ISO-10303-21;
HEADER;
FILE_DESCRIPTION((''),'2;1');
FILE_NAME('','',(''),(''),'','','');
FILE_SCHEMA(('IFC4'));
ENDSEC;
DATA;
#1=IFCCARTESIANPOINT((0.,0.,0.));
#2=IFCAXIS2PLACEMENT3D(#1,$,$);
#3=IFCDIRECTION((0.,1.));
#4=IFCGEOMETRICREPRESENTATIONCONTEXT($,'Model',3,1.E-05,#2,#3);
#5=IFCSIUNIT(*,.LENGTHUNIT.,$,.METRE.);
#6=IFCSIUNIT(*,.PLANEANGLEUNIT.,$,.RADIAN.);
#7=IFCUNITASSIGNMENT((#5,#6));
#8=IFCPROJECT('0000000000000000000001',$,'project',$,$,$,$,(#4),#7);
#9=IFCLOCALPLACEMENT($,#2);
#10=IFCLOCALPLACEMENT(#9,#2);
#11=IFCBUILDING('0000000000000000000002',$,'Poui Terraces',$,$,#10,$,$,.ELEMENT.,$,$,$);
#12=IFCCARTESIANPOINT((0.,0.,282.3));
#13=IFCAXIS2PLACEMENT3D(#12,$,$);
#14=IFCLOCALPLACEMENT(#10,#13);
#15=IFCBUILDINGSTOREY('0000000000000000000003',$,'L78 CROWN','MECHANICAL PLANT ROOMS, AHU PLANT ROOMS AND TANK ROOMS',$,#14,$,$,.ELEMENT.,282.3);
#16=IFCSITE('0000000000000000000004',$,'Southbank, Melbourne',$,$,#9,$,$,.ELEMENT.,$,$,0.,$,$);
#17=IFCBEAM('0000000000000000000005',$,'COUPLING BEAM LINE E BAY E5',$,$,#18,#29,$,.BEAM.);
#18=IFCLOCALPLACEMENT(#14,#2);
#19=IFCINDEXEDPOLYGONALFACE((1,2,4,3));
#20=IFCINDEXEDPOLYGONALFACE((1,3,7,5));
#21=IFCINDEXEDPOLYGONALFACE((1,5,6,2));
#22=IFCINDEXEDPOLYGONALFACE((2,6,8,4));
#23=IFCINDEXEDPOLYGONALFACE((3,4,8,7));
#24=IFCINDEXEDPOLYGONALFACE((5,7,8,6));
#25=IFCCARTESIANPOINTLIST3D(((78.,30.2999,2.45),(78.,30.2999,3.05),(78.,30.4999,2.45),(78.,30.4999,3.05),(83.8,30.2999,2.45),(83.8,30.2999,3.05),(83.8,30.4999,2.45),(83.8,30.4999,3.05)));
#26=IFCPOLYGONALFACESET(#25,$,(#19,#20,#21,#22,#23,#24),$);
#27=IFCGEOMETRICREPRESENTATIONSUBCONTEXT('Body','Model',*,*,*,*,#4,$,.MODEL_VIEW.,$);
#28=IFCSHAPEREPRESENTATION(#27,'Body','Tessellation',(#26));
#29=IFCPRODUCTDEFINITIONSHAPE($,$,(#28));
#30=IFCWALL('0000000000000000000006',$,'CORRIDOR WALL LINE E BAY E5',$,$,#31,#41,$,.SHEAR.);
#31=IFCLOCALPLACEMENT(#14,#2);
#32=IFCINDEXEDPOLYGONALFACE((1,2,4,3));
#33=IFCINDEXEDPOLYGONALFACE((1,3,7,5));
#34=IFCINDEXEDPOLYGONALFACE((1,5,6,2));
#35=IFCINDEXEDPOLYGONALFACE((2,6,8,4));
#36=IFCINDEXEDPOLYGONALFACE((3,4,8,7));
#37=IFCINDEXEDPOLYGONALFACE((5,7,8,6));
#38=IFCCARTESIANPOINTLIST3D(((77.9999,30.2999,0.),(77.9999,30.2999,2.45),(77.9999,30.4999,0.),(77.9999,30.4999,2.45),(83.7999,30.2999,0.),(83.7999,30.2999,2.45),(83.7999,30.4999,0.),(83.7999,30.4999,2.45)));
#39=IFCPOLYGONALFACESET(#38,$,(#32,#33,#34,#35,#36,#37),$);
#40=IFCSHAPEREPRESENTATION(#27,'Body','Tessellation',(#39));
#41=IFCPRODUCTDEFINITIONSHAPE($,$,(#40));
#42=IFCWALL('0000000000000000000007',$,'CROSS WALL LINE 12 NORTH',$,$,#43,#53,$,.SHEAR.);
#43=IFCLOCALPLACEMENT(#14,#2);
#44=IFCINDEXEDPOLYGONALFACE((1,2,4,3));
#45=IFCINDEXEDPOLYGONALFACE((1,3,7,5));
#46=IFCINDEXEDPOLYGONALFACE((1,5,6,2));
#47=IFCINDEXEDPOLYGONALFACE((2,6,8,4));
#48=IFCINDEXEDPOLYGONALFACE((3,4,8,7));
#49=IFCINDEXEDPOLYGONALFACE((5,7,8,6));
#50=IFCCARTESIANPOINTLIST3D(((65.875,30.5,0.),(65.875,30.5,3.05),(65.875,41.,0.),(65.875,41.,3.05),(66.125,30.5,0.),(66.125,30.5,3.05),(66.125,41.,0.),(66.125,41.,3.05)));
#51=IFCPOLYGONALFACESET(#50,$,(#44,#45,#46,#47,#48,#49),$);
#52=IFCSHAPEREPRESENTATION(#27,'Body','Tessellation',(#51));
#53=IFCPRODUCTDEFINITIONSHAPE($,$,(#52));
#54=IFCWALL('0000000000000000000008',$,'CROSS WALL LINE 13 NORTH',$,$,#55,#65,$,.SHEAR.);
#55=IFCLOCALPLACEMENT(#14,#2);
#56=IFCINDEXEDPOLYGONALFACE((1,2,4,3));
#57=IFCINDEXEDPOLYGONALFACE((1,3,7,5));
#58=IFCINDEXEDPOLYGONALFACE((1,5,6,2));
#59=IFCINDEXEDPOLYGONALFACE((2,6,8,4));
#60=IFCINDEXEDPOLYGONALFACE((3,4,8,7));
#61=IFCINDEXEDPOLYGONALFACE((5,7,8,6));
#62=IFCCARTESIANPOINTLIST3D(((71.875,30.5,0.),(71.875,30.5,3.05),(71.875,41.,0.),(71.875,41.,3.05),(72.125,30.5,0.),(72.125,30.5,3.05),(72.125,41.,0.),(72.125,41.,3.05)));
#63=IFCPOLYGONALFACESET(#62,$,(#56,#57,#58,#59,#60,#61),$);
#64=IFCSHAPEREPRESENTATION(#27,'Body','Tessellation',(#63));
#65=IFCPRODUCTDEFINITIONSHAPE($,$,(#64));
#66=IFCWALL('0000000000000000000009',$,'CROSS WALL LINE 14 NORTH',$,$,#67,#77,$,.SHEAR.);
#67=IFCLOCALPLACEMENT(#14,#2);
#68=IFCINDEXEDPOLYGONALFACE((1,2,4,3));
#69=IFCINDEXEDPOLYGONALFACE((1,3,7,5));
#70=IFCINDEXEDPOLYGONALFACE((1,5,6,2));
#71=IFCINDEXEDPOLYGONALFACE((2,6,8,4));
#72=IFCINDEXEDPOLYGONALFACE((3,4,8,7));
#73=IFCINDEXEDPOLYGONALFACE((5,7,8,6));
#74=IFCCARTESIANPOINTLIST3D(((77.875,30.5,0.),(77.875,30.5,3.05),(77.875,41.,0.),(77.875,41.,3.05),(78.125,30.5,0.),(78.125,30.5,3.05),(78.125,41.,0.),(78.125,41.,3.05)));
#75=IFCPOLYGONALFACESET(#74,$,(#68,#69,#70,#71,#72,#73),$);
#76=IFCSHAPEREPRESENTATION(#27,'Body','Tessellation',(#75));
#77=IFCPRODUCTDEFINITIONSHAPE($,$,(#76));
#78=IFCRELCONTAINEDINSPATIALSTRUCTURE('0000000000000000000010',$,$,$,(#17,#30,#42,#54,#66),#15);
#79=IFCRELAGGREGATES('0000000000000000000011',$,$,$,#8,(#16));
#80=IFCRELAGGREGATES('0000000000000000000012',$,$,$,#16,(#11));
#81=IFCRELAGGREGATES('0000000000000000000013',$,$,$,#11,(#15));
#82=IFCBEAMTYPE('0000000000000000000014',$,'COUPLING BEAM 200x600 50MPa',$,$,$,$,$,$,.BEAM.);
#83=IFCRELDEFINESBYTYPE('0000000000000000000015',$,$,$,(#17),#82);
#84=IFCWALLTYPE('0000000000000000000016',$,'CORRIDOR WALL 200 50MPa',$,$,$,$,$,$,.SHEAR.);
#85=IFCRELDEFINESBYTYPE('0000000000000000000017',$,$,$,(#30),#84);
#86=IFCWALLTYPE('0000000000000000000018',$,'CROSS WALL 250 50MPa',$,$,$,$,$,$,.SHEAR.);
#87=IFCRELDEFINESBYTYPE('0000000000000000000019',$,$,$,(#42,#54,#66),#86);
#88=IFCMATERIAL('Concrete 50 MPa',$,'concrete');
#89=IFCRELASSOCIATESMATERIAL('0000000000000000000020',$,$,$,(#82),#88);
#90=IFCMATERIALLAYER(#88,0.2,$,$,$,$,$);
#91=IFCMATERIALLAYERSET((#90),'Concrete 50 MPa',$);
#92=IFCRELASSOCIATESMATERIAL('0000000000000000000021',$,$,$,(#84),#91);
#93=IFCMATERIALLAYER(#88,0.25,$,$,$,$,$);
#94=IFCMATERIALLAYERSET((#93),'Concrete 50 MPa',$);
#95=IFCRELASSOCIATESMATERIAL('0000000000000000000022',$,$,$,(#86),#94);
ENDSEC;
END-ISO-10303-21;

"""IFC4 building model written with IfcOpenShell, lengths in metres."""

from ifc_helpers import new_model, si_unit, direction, frame, frame_2d, origin, origin_2d, place, context, subcontext, project, spatial, rectangle, extrude, source, transform, mapped, material, layer, layer_set, material_profile, profile_set, type_object, element, save


model = new_model("IFC4")

# Units and contexts
model_context = context("Model", 3, precision=1e-05, world=origin(), true_north=direction((0.0, 1.0)))
body_context = subcontext(model_context, "Body", "Model", "MODEL_VIEW")
ifc_project = project(units=[si_unit("LENGTHUNIT", "METRE"), si_unit("PLANEANGLEUNIT", "RADIAN")], contexts=[model_context])

# Site, building, storey
site_placement = place(None, origin())
site = spatial("IfcSite", under=ifc_project, at=site_placement, Name="Southbank, Melbourne", CompositionType="ELEMENT", RefElevation=0.0)
building_placement = place(site_placement, origin())
building = spatial("IfcBuilding", under=site, at=building_placement, Name="Poui Terraces", CompositionType="ELEMENT")
storey_placement = place(building_placement, frame((0.0, 0.0, 282.3)))
storey = spatial("IfcBuildingStorey", under=building, at=storey_placement, Name="L78 CROWN", Description="MECHANICAL PLANT ROOMS, AHU PLANT ROOMS AND TANK ROOMS", CompositionType="ELEMENT", Elevation=282.3)

# Beam
ifc_material_1 = material(Name="Concrete 50 MPa", Category="concrete")
ifc_material_profile_1 = material_profile(ifc_material_1, rectangle(XDim=0.2, YDim=0.6001, at=origin_2d()), Name="RC 200x600")
ifc_profile_set_1 = profile_set([ifc_material_profile_1], Name="Concrete 50 MPa")
beam_type = type_object("IfcBeamType", Name="COUPLING BEAM 200x600 50MPa", PredefinedType="BEAM", material=ifc_profile_set_1)
shared_shape_1 = source(origin(), body_context, "Body", "SweptSolid", [
    extrude(rectangle(XDim=0.2, YDim=0.6001, at=origin_2d()), origin(), (0.0, 0.0, 1.0), 5.8),
])
beam_placement = place(storey_placement, frame((78.0, 30.3999, 2.75), z_axis=(1.0, 0.0, 0.0), x_axis=(0.0, 1.0, 0.0)))
element("IfcBeam", 1, at=beam_placement, inside=storey, type_object=beam_type, Name="COUPLING BEAM LINE E BAY E5", PredefinedType="BEAM", context=body_context, shape_type="MappedRepresentation", body=[
    mapped(shared_shape_1, transform((0.0, 0.0, 0.0))),
])

# Walls
ifc_layer_1 = layer(ifc_material_1, 0.2)
ifc_layer_set_1 = layer_set([ifc_layer_1], Name="Concrete 50 MPa")
wall_type_1 = type_object("IfcWallType", Name="CORRIDOR WALL 200 50MPa", PredefinedType="SHEAR", material=ifc_layer_set_1)
wall_1_placement = place(storey_placement, frame((78.0, 30.3999, 0.0), z_axis=(0.0, 0.0, 1.0), x_axis=(1.0, 0.0, 0.0)))
element("IfcWall", 2, at=wall_1_placement, inside=storey, type_object=wall_type_1, Name="CORRIDOR WALL LINE E BAY E5", PredefinedType="SHEAR", context=body_context, shape_type="SweptSolid", body=[
    extrude(rectangle(XDim=5.8, YDim=0.2, at=frame_2d((2.8999, 0.0))), origin(), (0.0, 0.0, 1.0), 2.45),
])
ifc_layer_2 = layer(ifc_material_1, 0.25)
ifc_layer_set_2 = layer_set([ifc_layer_2], Name="Concrete 50 MPa")
wall_type_2 = type_object("IfcWallType", Name="CROSS WALL 250 50MPa", PredefinedType="SHEAR", material=ifc_layer_set_2)
for number, where, z_axis, x_axis, name in (
    (3, (66.0, 30.5, 0.0), (0.0, 0.0, 1.0), (0.0, 1.0, 0.0), "CROSS WALL LINE 12 NORTH"),
    (4, (72.0, 30.5, 0.0), (0.0, 0.0, 1.0), (0.0, 1.0, 0.0), "CROSS WALL LINE 13 NORTH"),
    (5, (78.0, 30.5, 0.0), (0.0, 0.0, 1.0), (0.0, 1.0, 0.0), "CROSS WALL LINE 14 NORTH"),
):
    element("IfcWall", number, at=place(storey_placement, frame(where, z_axis=z_axis, x_axis=x_axis)), inside=storey, type_object=wall_type_2, Name=name, PredefinedType="SHEAR", context=body_context, shape_type="SweptSolid", body=[
        extrude(rectangle(XDim=10.5, YDim=0.25, at=frame_2d((5.25, 0.0))), origin(), (0.0, 0.0, 1.0), 3.05),
    ])

save(model, "model.ifc")
